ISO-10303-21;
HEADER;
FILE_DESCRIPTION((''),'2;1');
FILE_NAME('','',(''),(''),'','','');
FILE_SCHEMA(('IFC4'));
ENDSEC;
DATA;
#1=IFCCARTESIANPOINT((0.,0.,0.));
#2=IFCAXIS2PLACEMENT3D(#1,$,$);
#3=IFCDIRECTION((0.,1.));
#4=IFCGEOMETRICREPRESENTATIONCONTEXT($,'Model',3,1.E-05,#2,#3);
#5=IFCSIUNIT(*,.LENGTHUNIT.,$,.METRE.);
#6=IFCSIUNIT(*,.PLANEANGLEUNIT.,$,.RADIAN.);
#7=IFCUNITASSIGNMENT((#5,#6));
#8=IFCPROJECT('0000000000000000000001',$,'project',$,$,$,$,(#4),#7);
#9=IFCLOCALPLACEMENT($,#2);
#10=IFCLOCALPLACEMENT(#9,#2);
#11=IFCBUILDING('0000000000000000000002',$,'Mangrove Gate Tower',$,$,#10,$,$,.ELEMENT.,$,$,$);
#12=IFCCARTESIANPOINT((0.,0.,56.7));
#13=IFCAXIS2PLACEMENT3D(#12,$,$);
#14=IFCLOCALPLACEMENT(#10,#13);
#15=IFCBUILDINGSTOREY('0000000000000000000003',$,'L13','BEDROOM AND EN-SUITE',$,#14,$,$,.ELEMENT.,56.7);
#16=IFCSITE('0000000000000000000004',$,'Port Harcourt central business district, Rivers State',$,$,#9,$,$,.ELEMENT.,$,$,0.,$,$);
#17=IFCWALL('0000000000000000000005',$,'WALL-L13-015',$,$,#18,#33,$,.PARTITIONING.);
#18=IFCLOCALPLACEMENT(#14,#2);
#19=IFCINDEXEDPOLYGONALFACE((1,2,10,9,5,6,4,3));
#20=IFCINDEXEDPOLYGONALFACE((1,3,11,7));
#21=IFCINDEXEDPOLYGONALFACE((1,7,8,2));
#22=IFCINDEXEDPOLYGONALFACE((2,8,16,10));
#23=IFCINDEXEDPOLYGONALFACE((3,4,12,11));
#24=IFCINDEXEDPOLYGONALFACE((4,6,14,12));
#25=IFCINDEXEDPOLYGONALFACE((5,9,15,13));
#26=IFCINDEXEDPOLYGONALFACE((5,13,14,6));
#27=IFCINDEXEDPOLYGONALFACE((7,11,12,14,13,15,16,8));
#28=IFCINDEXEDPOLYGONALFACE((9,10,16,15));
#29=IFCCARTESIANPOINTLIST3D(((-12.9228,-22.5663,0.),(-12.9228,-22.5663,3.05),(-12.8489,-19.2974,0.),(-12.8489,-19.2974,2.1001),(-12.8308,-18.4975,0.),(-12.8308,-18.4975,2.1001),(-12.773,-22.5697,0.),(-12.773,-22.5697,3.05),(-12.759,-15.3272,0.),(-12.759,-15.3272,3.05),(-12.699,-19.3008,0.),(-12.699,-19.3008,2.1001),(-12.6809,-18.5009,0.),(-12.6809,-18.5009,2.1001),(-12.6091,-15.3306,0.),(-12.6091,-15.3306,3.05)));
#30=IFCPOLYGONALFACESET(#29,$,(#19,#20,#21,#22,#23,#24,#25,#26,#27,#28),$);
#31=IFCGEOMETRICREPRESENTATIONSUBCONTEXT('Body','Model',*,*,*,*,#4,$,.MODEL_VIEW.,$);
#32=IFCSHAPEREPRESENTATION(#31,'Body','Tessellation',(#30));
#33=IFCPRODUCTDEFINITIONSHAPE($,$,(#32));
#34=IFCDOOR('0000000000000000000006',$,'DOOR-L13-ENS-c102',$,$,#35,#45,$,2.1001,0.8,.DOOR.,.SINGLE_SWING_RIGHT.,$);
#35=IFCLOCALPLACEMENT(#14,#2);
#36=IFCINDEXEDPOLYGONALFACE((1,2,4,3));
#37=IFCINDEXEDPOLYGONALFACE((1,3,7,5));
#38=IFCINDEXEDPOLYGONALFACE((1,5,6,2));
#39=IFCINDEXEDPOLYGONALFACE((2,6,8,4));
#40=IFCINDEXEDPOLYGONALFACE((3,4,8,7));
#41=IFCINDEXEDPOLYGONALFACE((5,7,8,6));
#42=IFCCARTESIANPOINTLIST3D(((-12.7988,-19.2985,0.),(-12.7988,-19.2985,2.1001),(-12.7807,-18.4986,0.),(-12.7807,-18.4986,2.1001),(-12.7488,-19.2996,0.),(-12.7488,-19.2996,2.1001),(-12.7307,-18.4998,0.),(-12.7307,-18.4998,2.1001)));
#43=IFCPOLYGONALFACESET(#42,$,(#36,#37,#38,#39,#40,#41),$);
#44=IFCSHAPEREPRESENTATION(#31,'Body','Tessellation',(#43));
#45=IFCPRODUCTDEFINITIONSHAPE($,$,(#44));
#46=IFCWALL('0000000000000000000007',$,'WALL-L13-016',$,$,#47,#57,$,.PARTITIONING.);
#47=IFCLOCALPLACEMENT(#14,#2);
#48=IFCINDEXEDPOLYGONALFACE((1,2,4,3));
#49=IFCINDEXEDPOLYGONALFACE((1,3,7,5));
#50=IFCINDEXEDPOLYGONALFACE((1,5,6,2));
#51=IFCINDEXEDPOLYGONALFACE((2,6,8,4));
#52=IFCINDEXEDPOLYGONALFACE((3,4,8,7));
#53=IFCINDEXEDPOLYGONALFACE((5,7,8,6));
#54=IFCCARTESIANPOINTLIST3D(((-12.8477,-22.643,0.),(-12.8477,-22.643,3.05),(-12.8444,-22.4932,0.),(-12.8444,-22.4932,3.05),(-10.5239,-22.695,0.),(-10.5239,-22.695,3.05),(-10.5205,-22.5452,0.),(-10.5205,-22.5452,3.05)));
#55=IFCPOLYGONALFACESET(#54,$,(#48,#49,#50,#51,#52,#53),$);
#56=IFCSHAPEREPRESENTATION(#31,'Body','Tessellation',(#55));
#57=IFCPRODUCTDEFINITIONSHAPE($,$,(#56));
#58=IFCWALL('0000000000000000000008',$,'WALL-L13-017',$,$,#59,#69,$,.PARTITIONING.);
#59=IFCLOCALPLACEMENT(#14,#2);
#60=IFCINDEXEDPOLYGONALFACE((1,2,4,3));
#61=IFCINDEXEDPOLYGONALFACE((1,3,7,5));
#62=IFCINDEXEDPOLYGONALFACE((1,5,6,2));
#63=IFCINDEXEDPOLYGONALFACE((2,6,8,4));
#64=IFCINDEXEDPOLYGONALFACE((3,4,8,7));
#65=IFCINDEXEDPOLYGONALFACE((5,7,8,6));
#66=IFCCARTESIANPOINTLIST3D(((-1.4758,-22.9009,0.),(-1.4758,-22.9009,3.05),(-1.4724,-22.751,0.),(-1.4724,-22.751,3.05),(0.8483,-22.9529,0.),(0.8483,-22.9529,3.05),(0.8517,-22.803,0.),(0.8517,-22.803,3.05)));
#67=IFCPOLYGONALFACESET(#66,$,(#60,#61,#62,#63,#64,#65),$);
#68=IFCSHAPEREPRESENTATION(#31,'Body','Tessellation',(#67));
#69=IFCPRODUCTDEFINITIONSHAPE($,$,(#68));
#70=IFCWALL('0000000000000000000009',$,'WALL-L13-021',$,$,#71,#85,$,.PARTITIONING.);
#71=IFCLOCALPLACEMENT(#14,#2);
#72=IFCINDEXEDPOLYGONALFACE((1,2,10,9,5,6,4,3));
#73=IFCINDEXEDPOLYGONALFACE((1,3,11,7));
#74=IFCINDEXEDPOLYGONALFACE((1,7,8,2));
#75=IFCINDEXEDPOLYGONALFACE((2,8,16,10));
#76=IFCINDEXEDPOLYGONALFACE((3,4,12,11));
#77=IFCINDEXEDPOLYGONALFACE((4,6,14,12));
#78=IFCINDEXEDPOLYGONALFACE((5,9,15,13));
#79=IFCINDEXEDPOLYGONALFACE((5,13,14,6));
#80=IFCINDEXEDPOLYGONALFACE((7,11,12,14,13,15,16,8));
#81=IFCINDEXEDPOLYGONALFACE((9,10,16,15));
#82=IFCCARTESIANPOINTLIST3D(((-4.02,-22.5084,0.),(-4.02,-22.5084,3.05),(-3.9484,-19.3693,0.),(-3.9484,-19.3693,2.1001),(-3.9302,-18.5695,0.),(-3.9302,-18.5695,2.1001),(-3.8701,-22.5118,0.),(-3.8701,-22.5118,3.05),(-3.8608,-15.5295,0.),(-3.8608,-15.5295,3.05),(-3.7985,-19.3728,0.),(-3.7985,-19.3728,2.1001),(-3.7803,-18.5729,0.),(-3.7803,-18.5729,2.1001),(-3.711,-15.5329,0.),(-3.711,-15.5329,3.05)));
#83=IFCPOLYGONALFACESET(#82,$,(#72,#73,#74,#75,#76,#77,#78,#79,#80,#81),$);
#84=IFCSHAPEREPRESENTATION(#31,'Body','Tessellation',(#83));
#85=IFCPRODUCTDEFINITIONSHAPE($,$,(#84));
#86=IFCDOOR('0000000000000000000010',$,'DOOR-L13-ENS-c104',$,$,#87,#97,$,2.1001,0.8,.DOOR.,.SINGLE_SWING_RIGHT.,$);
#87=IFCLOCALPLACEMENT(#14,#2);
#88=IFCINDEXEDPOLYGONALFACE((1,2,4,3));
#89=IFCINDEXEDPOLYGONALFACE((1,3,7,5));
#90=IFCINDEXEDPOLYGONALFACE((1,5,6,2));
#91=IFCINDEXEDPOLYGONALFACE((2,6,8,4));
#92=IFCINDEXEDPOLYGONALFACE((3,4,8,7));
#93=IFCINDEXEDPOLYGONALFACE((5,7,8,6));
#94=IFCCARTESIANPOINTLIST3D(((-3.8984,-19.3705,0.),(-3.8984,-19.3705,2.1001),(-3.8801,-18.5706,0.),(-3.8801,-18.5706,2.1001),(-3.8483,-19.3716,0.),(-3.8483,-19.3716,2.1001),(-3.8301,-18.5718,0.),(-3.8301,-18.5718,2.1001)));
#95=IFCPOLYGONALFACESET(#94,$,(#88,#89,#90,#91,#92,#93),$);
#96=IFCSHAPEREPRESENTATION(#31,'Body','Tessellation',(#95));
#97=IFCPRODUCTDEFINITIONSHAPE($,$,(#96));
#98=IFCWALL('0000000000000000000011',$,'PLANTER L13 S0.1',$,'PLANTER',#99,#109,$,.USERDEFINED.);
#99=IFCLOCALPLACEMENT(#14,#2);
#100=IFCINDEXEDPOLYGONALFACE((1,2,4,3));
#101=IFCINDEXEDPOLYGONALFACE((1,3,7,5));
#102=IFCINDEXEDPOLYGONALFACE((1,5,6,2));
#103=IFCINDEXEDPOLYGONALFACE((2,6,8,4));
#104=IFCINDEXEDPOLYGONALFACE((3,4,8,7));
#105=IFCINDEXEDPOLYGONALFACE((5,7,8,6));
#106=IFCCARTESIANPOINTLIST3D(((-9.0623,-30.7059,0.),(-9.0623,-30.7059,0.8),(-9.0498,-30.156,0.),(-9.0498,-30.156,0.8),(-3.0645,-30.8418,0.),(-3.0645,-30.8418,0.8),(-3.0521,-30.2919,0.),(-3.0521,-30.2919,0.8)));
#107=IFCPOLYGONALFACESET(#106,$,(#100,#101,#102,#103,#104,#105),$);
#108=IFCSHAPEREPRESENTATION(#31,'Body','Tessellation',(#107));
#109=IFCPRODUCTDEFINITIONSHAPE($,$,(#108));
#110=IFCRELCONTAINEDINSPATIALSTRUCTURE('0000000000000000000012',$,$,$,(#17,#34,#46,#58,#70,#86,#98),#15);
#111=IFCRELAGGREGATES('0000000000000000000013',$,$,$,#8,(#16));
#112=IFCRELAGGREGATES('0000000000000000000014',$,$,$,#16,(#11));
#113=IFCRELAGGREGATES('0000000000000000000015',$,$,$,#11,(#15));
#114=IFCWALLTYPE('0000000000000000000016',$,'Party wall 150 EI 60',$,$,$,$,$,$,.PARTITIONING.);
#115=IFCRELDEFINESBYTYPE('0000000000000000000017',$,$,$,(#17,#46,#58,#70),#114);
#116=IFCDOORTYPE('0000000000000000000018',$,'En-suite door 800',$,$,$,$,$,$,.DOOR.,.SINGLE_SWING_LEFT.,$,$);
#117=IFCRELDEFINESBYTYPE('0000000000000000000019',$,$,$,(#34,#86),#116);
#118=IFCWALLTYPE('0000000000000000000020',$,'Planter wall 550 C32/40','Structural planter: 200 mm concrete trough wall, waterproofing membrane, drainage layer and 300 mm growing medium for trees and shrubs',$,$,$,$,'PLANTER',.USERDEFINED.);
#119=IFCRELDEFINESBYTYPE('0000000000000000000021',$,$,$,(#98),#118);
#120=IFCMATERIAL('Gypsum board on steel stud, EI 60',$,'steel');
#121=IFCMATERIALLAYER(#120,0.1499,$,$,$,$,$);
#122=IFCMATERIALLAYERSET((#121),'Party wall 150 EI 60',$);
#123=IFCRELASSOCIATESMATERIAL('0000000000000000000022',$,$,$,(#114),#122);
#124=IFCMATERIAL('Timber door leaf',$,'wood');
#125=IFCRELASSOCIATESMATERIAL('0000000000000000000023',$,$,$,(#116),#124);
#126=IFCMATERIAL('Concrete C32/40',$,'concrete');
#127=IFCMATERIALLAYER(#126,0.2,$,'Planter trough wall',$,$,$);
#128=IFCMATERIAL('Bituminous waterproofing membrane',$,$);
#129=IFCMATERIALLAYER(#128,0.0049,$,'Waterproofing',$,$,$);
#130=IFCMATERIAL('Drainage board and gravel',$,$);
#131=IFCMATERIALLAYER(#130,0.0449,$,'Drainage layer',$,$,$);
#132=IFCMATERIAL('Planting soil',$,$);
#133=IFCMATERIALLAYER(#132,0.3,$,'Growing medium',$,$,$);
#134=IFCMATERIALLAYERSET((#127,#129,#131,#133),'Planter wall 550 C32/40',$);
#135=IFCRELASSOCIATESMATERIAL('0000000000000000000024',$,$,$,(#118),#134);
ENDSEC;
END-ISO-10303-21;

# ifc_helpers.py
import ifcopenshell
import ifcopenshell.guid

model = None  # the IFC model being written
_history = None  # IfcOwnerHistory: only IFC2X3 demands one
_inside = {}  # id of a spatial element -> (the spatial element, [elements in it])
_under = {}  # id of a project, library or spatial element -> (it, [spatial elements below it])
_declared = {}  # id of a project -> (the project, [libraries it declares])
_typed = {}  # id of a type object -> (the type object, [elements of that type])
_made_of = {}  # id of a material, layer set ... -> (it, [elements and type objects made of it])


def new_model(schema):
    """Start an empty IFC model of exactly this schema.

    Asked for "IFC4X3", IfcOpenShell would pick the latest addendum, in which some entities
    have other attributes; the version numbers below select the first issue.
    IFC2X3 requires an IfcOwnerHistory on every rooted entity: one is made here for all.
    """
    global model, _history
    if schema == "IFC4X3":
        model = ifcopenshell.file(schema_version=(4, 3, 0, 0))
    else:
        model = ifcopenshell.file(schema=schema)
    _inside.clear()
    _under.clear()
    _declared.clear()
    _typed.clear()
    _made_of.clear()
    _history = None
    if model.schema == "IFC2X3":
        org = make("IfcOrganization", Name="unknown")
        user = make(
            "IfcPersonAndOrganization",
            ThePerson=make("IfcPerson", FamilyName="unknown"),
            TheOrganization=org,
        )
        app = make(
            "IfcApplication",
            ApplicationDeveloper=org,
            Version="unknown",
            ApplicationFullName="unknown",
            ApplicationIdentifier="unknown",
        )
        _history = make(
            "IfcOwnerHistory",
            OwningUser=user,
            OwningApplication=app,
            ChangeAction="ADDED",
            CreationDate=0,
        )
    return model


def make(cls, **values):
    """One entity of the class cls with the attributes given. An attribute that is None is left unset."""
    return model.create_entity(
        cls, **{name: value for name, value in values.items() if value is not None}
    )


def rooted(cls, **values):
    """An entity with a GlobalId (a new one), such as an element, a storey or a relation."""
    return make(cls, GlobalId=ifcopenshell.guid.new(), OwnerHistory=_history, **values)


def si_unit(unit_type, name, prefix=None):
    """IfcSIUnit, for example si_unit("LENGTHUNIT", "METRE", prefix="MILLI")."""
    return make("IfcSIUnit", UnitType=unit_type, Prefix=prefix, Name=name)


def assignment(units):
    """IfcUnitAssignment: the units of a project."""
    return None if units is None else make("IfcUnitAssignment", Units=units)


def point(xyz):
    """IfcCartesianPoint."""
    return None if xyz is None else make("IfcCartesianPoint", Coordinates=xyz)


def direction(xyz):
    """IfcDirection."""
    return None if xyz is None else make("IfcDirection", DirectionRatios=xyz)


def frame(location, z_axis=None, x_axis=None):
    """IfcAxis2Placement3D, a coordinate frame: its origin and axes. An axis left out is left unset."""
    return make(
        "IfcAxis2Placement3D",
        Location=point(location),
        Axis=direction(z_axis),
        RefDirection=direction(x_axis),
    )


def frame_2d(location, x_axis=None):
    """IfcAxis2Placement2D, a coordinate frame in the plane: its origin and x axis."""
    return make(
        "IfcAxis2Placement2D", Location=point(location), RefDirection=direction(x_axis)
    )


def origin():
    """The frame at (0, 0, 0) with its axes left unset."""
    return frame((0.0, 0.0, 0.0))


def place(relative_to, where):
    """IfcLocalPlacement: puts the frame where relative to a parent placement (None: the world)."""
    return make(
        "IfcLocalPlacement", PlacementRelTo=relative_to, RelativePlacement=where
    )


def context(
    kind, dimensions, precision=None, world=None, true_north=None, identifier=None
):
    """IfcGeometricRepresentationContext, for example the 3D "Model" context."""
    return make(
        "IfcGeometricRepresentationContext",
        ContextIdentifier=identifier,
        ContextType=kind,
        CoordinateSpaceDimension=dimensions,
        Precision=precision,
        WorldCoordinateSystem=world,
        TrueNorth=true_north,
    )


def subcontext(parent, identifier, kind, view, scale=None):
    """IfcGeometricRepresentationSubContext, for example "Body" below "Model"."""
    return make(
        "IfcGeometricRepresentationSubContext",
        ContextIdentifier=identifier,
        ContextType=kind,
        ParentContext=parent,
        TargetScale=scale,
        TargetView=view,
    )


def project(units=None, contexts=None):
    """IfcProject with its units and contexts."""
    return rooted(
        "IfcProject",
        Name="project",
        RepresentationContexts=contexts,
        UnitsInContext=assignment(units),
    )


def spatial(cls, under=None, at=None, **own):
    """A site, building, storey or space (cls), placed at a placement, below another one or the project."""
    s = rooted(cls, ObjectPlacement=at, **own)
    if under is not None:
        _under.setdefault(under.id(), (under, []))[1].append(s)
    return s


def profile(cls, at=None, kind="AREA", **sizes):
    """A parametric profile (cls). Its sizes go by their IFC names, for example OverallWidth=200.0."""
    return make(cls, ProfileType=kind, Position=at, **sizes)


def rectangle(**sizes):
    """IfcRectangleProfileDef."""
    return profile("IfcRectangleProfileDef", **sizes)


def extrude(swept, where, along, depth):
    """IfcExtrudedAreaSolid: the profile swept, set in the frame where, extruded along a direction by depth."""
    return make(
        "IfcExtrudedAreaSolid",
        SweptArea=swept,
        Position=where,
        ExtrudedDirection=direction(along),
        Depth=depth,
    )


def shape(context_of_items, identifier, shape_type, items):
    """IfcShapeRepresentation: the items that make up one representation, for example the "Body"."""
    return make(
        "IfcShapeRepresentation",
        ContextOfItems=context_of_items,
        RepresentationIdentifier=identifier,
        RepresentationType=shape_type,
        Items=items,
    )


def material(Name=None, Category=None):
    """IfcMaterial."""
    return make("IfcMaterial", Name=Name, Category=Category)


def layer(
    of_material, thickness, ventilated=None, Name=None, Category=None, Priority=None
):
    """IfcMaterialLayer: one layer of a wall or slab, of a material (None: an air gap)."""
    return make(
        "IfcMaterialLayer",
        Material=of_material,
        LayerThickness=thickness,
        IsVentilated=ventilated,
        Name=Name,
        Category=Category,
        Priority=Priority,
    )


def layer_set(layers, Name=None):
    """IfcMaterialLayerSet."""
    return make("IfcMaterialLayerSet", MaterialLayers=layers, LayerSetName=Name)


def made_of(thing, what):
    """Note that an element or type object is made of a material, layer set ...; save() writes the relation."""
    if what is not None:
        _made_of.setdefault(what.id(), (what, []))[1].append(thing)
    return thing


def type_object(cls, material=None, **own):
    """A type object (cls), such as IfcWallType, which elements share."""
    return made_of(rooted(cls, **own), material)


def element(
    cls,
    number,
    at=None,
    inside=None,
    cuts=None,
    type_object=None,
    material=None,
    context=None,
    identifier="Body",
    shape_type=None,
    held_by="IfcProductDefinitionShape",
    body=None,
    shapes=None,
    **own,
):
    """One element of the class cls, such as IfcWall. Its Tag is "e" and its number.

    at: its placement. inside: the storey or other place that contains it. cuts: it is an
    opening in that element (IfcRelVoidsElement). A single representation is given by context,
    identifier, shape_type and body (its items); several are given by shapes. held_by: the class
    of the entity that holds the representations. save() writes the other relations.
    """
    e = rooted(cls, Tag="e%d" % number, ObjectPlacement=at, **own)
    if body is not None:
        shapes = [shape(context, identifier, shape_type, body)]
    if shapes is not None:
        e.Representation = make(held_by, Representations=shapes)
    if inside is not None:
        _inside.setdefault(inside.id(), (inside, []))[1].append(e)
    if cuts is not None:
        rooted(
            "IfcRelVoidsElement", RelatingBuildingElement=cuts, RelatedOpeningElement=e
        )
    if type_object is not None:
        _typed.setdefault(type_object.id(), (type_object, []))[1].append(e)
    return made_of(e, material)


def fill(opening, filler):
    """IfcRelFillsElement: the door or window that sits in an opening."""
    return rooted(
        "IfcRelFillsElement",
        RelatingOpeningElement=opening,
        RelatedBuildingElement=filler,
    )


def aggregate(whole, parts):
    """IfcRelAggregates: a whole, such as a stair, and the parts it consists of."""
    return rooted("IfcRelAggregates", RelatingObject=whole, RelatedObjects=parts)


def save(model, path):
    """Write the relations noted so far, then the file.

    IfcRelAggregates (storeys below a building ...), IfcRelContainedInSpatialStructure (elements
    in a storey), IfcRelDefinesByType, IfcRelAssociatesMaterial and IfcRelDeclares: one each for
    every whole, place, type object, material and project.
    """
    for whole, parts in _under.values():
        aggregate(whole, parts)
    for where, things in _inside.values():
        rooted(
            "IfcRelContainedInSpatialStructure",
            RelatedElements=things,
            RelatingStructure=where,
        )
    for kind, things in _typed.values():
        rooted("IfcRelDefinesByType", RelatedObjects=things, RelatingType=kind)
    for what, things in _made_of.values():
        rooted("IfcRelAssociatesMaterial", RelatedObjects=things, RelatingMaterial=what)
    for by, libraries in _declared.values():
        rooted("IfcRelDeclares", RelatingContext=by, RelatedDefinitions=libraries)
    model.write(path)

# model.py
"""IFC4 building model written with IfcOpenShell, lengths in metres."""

from ifc_helpers import new_model, si_unit, direction, frame, frame_2d, origin, place, context, subcontext, project, spatial, rectangle, extrude, material, layer, layer_set, type_object, element, fill, save


model = new_model("IFC4")

# Units and contexts
model_context = context("Model", 3, precision=1e-05, world=origin(), true_north=direction((0.0, 1.0)))
body_context = subcontext(model_context, "Body", "Model", "MODEL_VIEW")
ifc_project = project(units=[si_unit("LENGTHUNIT", "METRE"), si_unit("PLANEANGLEUNIT", "RADIAN")], contexts=[model_context])

# Site, building, storey
site_placement = place(None, origin())
site = spatial("IfcSite", under=ifc_project, at=site_placement, Name="Port Harcourt central business district, Rivers State", CompositionType="ELEMENT", RefElevation=0.0)
building_placement = place(site_placement, origin())
building = spatial("IfcBuilding", under=site, at=building_placement, Name="Mangrove Gate Tower", CompositionType="ELEMENT")
storey_placement = place(building_placement, frame((0.0, 0.0, 56.7)))
storey = spatial("IfcBuildingStorey", under=building, at=storey_placement, Name="L13", Description="BEDROOM AND EN-SUITE", CompositionType="ELEMENT", Elevation=56.7)

# Shared definitions
ifc_material_1 = material(Name="Gypsum board on steel stud, EI 60", Category="steel")
ifc_layer_1 = layer(ifc_material_1, 0.1499)
ifc_layer_set_1 = layer_set([ifc_layer_1], Name="Party wall 150 EI 60")
wall_type_1 = type_object("IfcWallType", Name="Party wall 150 EI 60", PredefinedType="PARTITIONING", material=ifc_layer_set_1)

# Wall, opening, door
ifc_material_2 = material(Name="Timber door leaf", Category="wood")
door_type = type_object("IfcDoorType", Name="En-suite door 800", OperationType="SINGLE_SWING_LEFT", PredefinedType="DOOR", material=ifc_material_2)
wall_1_placement = place(storey_placement, frame((-12.8479, -22.5681, 0.0), z_axis=(0.0, 0.0, 1.0), x_axis=(0.022624, 0.999744, 0.0)))
wall_1 = element("IfcWall", 1, at=wall_1_placement, inside=storey, type_object=wall_type_1, Name="WALL-L13-015", PredefinedType="PARTITIONING", context=body_context, shape_type="SweptSolid", body=[
    extrude(rectangle(XDim=7.241, YDim=0.1499, at=frame_2d((3.6206, 0.0))), origin(), (0.0, 0.0, 1.0), 3.05),
])
opening_1_placement = place(wall_1_placement, frame((3.27, 0.0, 0.0)))
opening_1 = element("IfcOpeningElement", 2, at=opening_1_placement, cuts=wall_1, PredefinedType="OPENING", context=body_context, shape_type="SweptSolid", body=[
    extrude(rectangle(XDim=0.8, YDim=2.1001, at=frame_2d((0.3999, 1.05))), frame((0.0, 0.085, 0.0), z_axis=(0.0, -1.0, 0.0), x_axis=(1.0, 0.0, 0.0)), (0.0, 0.0, 1.0), 0.1699),
])
door_1_placement = place(opening_1_placement, origin())
door_1 = element("IfcDoor", 3, at=door_1_placement, inside=storey, type_object=door_type, Name="DOOR-L13-ENS-c102", OperationType="SINGLE_SWING_RIGHT", OverallHeight=2.1001, OverallWidth=0.8, PredefinedType="DOOR", context=body_context, shape_type="SweptSolid", body=[
    extrude(rectangle(XDim=0.8, YDim=2.1001, at=frame_2d((0.3999, 1.05))), frame((0.0, 0.0249, 0.0), z_axis=(0.0, -1.0, 0.0), x_axis=(1.0, 0.0, 0.0)), (0.0, 0.0, 1.0), 0.05),
])
fill(opening_1, door_1)

# Walls
wall_2_placement = place(storey_placement, frame((-12.8459, -22.5681, 0.0), z_axis=(0.0, 0.0, 1.0), x_axis=(0.99975, -0.022371, 0.0)))
element("IfcWall", 4, at=wall_2_placement, inside=storey, type_object=wall_type_1, Name="WALL-L13-016", PredefinedType="PARTITIONING", context=body_context, shape_type="SweptSolid", body=[
    extrude(rectangle(XDim=2.3245, YDim=0.1499, at=frame_2d((1.1621, 0.0))), origin(), (0.0, 0.0, 1.0), 3.05),
])
wall_3_placement = place(storey_placement, frame((-1.4741, -22.8259, 0.0), z_axis=(0.0, 0.0, 1.0), x_axis=(0.99975, -0.022368, 0.0)))
element("IfcWall", 5, at=wall_3_placement, inside=storey, type_object=wall_type_1, Name="WALL-L13-017", PredefinedType="PARTITIONING", context=body_context, shape_type="SweptSolid", body=[
    extrude(rectangle(XDim=2.3247, YDim=0.1499, at=frame_2d((1.1624, 0.0))), origin(), (0.0, 0.0, 1.0), 3.05),
])

# Wall, opening, door
wall_4_placement = place(storey_placement, frame((-3.9451, -22.51, 0.0), z_axis=(0.0, 0.0, 1.0), x_axis=(0.022802, 0.99974, 0.0)))
wall_4 = element("IfcWall", 6, at=wall_4_placement, inside=storey, type_object=wall_type_1, Name="WALL-L13-021", PredefinedType="PARTITIONING", context=body_context, shape_type="SweptSolid", body=[
    extrude(rectangle(XDim=6.9807, YDim=0.1499, at=frame_2d((3.4902, 0.0))), origin(), (0.0, 0.0, 1.0), 3.05),
])
opening_2_placement = place(wall_4_placement, frame((3.1399, 0.0, 0.0)))
opening_2 = element("IfcOpeningElement", 7, at=opening_2_placement, cuts=wall_4, PredefinedType="OPENING", context=body_context, shape_type="SweptSolid", body=[
    extrude(rectangle(XDim=0.8, YDim=2.1001, at=frame_2d((0.3999, 1.05))), frame((0.0, 0.085, 0.0), z_axis=(0.0, -1.0, 0.0), x_axis=(1.0, 0.0, 0.0)), (0.0, 0.0, 1.0), 0.1699),
])
door_2_placement = place(opening_2_placement, origin())
door_2 = element("IfcDoor", 8, at=door_2_placement, inside=storey, type_object=door_type, Name="DOOR-L13-ENS-c104", OperationType="SINGLE_SWING_RIGHT", OverallHeight=2.1001, OverallWidth=0.8, PredefinedType="DOOR", context=body_context, shape_type="SweptSolid", body=[
    extrude(rectangle(XDim=0.8, YDim=2.1001, at=frame_2d((0.3999, 1.05))), frame((0.0, 0.0249, 0.0), z_axis=(0.0, -1.0, 0.0), x_axis=(1.0, 0.0, 0.0)), (0.0, 0.0, 1.0), 0.05),
])
fill(opening_2, door_2)

# Wall
ifc_material_3 = material(Name="Concrete C32/40", Category="concrete")
ifc_layer_2 = layer(ifc_material_3, 0.2, Name="Planter trough wall")
ifc_material_4 = material(Name="Bituminous waterproofing membrane")
ifc_layer_3 = layer(ifc_material_4, 0.0049, Name="Waterproofing")
ifc_material_5 = material(Name="Drainage board and gravel")
ifc_layer_4 = layer(ifc_material_5, 0.0449, Name="Drainage layer")
ifc_material_6 = material(Name="Planting soil")
ifc_layer_5 = layer(ifc_material_6, 0.3, Name="Growing medium")
ifc_layer_set_2 = layer_set([ifc_layer_2, ifc_layer_3, ifc_layer_4, ifc_layer_5], Name="Planter wall 550 C32/40")
wall_type_2 = type_object("IfcWallType", Name="Planter wall 550 C32/40", Description="Structural planter: 200 mm concrete trough wall, waterproofing membrane, drainage layer and 300 mm growing medium for trees and shrubs", ElementType="PLANTER", PredefinedType="USERDEFINED", material=ifc_layer_set_2)
wall_5_placement = place(storey_placement, frame((-9.0559, -30.4309, 0.0), z_axis=(0.0, 0.0, 1.0), x_axis=(0.999743, -0.022667, 0.0)))
element("IfcWall", 9, at=wall_5_placement, inside=storey, type_object=wall_type_2, Name="PLANTER L13 S0.1", ObjectType="PLANTER", PredefinedType="USERDEFINED", context=body_context, shape_type="SweptSolid", body=[
    extrude(rectangle(XDim=5.9993, YDim=0.55, at=frame_2d((2.9995, 0.0))), origin(), (0.0, 0.0, 1.0), 0.8),
])

save(model, "model.ifc")
